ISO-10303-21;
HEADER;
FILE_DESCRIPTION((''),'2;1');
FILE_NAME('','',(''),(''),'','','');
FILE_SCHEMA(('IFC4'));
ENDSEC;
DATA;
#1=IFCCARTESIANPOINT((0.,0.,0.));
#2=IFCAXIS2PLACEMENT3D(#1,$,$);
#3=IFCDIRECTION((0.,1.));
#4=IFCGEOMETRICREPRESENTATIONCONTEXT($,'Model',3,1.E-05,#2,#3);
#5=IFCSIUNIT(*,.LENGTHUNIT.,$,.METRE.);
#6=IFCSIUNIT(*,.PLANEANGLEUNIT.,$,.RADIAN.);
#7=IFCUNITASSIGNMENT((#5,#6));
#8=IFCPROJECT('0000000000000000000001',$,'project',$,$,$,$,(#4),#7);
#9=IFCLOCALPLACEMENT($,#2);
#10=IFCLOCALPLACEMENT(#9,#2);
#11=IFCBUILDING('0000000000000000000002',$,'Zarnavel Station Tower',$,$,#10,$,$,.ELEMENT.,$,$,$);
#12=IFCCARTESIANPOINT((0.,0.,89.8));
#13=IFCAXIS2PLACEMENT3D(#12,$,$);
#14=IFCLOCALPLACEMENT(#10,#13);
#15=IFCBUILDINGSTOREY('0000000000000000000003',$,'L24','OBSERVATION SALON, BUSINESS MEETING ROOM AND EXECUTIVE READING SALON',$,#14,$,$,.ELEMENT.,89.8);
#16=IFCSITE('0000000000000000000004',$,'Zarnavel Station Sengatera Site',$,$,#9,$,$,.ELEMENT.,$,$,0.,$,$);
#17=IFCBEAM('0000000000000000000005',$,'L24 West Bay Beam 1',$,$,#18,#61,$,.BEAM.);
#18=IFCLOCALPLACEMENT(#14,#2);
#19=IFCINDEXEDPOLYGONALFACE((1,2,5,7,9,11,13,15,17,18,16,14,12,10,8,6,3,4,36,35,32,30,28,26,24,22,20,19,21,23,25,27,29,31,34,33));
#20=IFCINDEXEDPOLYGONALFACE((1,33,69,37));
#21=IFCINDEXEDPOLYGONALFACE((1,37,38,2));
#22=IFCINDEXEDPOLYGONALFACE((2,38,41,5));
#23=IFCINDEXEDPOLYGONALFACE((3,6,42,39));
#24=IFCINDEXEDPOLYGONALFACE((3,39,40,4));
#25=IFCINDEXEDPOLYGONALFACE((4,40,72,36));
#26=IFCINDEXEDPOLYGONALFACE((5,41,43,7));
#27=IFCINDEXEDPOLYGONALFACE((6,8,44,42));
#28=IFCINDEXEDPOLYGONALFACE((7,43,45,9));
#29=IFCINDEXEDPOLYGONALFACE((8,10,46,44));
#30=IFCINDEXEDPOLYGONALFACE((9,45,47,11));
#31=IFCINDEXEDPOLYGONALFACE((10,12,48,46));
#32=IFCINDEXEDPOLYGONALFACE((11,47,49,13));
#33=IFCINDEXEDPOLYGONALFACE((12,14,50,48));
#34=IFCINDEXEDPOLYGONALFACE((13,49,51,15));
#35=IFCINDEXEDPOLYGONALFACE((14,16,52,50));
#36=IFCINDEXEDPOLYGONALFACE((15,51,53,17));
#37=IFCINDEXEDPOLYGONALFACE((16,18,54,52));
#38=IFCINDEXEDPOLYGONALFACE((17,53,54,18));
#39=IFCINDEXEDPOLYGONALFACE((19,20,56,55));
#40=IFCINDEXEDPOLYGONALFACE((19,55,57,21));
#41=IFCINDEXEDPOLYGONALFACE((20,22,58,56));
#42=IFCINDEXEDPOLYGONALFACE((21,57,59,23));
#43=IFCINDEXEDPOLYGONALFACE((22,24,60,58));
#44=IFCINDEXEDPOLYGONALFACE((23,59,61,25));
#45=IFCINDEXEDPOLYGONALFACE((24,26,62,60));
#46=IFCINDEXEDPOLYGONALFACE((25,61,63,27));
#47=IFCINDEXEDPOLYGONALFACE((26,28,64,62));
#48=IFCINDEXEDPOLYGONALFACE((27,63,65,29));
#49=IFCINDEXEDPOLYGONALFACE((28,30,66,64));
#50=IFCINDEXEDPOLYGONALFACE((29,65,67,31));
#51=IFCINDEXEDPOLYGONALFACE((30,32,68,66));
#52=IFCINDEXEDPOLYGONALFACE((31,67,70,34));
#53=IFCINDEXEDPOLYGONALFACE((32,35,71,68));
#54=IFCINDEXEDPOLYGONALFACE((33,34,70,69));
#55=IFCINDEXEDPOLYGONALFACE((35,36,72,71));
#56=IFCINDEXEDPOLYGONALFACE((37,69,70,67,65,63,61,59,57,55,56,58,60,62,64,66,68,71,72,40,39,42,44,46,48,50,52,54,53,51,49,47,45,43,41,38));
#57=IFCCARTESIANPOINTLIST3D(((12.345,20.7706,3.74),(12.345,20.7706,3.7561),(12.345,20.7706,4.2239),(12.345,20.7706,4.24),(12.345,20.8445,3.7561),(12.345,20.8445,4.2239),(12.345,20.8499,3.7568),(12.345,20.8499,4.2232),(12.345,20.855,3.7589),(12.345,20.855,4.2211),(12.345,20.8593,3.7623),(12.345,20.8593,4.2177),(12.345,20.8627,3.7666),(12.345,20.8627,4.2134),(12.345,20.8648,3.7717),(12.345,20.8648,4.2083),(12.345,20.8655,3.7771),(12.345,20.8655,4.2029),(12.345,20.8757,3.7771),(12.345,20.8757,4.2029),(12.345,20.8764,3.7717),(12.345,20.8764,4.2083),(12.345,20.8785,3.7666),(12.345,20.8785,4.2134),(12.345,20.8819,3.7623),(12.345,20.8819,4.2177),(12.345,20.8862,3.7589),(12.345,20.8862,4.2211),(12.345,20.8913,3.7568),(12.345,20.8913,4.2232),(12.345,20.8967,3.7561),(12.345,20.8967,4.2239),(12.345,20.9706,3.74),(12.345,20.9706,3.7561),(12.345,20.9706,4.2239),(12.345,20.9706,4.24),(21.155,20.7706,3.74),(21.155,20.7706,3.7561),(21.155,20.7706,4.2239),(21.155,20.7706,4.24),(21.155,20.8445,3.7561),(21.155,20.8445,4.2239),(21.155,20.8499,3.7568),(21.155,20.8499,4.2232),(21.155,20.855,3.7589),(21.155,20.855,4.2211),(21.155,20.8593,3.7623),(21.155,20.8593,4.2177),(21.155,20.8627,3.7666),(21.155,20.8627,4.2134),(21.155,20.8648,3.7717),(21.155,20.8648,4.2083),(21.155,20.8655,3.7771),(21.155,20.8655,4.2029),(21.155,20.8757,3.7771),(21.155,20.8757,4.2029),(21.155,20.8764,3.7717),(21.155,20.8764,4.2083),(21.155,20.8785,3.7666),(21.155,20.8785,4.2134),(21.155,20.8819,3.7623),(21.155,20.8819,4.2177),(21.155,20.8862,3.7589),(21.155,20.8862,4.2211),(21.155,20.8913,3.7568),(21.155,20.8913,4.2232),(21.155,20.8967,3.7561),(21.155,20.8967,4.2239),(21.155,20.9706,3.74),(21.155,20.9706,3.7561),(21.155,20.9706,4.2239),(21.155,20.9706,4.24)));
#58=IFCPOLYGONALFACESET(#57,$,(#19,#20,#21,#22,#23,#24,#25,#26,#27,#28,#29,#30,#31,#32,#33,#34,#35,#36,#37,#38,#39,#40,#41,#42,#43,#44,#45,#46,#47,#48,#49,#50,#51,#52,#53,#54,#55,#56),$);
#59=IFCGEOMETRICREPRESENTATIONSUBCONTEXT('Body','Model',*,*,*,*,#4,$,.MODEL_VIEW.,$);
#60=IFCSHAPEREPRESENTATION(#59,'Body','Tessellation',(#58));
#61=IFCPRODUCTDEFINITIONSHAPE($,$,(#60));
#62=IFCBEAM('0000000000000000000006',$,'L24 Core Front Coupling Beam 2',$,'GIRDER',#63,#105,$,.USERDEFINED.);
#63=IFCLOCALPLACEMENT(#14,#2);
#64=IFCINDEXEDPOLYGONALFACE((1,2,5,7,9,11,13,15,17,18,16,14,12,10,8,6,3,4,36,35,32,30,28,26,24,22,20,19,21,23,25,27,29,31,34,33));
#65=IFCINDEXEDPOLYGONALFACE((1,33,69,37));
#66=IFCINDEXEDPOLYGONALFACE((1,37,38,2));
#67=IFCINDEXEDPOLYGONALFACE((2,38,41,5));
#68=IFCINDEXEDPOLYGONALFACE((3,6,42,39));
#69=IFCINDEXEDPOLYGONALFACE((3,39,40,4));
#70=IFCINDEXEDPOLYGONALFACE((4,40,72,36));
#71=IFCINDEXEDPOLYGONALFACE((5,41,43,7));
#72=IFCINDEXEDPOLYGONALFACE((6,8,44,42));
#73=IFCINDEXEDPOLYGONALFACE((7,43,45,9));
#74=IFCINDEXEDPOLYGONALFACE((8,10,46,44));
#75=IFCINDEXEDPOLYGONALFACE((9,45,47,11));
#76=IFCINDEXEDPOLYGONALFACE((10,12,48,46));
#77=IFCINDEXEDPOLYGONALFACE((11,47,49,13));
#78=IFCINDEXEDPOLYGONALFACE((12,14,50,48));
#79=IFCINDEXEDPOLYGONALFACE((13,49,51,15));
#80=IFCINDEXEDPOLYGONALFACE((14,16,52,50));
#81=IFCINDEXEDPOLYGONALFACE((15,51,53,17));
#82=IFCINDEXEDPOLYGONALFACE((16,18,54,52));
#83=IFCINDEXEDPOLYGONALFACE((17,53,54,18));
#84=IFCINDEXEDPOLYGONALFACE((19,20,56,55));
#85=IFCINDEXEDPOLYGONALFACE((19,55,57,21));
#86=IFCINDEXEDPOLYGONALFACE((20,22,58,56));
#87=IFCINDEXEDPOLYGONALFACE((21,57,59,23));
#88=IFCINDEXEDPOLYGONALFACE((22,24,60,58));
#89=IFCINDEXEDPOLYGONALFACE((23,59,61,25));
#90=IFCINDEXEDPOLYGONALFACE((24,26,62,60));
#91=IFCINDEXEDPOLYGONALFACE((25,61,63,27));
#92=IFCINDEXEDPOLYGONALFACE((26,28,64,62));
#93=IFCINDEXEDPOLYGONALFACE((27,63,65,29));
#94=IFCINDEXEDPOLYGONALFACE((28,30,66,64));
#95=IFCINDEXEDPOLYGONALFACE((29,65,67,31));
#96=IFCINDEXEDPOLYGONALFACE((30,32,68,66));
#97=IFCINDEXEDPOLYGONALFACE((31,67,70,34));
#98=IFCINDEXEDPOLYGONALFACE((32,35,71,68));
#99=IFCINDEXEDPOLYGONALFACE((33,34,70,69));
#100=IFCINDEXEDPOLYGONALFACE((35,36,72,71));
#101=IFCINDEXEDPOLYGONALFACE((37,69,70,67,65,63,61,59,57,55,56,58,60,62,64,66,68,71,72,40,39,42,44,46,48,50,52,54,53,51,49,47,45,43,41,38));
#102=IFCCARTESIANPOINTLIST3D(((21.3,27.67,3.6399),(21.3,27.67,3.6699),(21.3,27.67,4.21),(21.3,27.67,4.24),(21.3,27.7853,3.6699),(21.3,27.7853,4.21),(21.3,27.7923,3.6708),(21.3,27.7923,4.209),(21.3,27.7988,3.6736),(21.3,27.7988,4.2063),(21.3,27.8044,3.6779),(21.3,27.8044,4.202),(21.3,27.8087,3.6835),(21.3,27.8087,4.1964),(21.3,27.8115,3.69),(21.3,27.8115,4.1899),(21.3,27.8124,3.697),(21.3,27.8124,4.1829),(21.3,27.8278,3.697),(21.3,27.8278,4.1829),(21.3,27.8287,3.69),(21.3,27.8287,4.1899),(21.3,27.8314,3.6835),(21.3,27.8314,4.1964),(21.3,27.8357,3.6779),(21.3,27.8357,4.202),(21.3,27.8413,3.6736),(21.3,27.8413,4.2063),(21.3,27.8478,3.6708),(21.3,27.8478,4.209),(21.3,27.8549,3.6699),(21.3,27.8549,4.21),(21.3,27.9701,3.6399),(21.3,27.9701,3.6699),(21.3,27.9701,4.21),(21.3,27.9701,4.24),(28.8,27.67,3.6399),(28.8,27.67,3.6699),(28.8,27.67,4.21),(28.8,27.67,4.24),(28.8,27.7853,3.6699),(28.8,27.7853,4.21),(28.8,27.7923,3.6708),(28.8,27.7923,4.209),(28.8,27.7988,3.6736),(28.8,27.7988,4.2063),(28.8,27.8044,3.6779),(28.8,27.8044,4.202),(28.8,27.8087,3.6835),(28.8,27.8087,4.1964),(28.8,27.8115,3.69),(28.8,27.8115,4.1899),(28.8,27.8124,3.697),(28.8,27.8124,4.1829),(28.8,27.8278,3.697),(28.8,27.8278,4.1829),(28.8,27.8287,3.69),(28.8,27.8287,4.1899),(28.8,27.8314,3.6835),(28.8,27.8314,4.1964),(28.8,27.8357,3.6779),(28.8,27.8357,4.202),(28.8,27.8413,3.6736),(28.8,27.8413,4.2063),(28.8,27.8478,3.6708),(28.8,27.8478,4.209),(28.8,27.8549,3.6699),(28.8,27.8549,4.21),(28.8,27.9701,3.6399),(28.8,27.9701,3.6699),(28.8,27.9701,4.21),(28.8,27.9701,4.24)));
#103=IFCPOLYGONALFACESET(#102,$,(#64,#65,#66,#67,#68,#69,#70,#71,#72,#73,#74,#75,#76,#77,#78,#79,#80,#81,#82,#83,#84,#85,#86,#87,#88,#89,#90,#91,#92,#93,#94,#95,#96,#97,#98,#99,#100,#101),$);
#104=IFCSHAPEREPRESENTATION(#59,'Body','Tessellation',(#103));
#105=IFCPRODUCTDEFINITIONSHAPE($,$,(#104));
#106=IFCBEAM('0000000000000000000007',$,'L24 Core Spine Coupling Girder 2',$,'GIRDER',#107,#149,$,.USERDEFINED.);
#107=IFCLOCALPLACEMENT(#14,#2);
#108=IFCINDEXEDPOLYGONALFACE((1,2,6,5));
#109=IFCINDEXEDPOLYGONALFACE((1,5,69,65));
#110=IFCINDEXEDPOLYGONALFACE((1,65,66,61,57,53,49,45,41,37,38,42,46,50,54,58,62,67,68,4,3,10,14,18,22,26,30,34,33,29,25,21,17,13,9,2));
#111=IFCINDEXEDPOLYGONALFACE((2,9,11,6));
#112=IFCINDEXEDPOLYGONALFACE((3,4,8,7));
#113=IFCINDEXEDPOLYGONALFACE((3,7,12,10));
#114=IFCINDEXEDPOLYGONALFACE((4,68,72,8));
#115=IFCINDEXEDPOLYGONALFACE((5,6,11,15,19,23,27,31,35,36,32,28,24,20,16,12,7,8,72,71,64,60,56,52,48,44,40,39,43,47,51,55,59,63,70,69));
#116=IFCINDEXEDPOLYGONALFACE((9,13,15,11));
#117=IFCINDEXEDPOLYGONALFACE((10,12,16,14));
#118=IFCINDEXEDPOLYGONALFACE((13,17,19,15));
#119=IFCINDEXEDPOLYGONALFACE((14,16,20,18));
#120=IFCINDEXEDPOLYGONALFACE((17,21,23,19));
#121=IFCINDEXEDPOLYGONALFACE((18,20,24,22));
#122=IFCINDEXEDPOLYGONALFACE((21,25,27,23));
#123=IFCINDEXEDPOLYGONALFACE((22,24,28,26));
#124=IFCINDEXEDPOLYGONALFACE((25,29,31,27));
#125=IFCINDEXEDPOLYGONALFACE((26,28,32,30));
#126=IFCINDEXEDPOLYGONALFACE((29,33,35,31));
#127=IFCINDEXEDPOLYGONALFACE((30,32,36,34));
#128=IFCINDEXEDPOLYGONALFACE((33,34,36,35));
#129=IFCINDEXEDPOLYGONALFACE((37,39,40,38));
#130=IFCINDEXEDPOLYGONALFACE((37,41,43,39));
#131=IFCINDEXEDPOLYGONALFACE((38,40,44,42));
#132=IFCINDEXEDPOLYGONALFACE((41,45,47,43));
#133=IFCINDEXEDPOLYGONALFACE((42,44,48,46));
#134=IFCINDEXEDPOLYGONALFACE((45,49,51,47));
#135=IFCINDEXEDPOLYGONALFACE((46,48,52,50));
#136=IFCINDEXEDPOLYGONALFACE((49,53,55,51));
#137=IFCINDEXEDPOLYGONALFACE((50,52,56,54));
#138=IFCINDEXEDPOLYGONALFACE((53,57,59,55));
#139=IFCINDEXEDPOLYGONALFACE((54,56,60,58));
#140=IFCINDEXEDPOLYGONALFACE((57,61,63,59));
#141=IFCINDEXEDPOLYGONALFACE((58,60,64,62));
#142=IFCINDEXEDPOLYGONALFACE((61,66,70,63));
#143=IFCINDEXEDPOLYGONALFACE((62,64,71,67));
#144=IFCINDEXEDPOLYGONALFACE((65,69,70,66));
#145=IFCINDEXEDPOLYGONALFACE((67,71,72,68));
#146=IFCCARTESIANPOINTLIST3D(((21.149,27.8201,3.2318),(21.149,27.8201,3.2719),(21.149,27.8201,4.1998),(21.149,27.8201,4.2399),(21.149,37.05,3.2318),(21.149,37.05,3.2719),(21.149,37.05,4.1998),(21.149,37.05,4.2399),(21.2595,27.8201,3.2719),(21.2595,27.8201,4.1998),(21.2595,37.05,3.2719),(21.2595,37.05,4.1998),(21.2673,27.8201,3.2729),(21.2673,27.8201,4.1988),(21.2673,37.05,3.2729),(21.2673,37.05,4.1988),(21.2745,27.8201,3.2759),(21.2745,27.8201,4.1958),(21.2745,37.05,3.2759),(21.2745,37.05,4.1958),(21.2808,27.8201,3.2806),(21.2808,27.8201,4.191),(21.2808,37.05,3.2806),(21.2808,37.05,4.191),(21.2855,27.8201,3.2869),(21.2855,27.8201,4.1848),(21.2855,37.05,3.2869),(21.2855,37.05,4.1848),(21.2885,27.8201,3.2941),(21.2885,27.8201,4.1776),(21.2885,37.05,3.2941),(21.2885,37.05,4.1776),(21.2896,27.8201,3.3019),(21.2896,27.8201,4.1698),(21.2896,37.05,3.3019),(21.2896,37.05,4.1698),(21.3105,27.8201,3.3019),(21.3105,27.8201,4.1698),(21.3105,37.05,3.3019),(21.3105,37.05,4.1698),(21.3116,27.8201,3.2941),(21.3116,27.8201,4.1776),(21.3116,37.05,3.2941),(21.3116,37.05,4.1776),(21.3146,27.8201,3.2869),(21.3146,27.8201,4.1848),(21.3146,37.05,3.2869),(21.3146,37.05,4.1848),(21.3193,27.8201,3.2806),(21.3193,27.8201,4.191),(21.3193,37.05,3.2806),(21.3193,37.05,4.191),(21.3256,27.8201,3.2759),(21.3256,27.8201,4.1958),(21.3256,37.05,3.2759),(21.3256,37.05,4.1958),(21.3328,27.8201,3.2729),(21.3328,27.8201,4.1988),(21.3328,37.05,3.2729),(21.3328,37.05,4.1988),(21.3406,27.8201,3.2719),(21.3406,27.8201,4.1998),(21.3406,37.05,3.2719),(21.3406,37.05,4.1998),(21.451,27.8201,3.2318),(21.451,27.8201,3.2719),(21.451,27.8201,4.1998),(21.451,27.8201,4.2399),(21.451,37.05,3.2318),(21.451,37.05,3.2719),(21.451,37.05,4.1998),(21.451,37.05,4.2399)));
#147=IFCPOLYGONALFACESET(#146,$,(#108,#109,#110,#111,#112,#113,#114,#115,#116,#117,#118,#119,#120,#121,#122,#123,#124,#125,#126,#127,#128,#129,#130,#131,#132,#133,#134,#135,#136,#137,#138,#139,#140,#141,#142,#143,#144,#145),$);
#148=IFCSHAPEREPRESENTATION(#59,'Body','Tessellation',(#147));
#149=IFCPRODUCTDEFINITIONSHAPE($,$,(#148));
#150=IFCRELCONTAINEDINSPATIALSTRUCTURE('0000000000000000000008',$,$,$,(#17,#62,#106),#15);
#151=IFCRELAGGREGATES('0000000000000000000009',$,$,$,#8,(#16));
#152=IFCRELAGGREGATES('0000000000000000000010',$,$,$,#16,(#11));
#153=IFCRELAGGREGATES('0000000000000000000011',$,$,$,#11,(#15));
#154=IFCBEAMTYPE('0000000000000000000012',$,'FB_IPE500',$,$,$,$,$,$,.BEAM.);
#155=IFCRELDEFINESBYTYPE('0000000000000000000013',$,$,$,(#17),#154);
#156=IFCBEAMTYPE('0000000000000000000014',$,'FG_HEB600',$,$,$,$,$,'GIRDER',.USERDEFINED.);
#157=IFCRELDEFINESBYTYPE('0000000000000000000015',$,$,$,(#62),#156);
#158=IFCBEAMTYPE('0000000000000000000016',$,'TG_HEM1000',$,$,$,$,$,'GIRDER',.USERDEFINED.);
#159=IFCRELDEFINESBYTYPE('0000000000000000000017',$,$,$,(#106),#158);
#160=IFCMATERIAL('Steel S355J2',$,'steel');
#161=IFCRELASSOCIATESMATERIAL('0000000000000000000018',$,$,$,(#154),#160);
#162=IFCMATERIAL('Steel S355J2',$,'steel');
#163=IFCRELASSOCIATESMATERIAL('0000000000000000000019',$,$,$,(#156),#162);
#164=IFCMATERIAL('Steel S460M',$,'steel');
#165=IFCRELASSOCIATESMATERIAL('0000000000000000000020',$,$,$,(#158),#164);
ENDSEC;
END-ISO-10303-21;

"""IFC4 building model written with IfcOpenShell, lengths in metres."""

from ifc_helpers import new_model, si_unit, direction, frame, origin, origin_2d, place, context, subcontext, project, spatial, i_section, extrude, material, material_profile, profile_set, type_object, element, save


model = new_model("IFC4")

# Units and contexts
model_context = context("Model", 3, precision=1e-05, world=origin(), true_north=direction((0.0, 1.0)))
body_context = subcontext(model_context, "Body", "Model", "MODEL_VIEW")
ifc_project = project(units=[si_unit("LENGTHUNIT", "METRE"), si_unit("PLANEANGLEUNIT", "RADIAN")], contexts=[model_context])

# Site, building, storey
site_placement = place(None, origin())
site = spatial("IfcSite", under=ifc_project, at=site_placement, Name="Zarnavel Station Sengatera Site", CompositionType="ELEMENT", RefElevation=0.0)
building_placement = place(site_placement, origin())
building = spatial("IfcBuilding", under=site, at=building_placement, Name="Zarnavel Station Tower", CompositionType="ELEMENT")
storey_placement = place(building_placement, frame((0.0, 0.0, 89.8)))
storey = spatial("IfcBuildingStorey", under=building, at=storey_placement, Name="L24", Description="OBSERVATION SALON, BUSINESS MEETING ROOM AND EXECUTIVE READING SALON", CompositionType="ELEMENT", Elevation=89.8)

# Beams
ifc_material_1 = material(Name="Steel S355J2", Category="steel")
ifc_material_profile_1 = material_profile(ifc_material_1, i_section(OverallWidth=0.2, OverallDepth=0.5, WebThickness=0.0103, FlangeThickness=0.0161, FilletRadius=0.021, at=origin_2d()), Name="IPE500")
ifc_profile_set_1 = profile_set([ifc_material_profile_1], Name="Steel S355J2")
beam_type_1 = type_object("IfcBeamType", Name="FB_IPE500", PredefinedType="BEAM", material=ifc_profile_set_1)
beam_1_placement = place(storey_placement, frame((12.345, 20.8706, 3.99), z_axis=(1.0, 0.0, 0.0), x_axis=(0.0, 1.0, 0.0)))
element("IfcBeam", 1, at=beam_1_placement, inside=storey, type_object=beam_type_1, Name="L24 West Bay Beam 1", PredefinedType="BEAM", context=body_context, shape_type="SweptSolid", body=[
    extrude(i_section(OverallWidth=0.2, OverallDepth=0.5, WebThickness=0.0103, FlangeThickness=0.0161, FilletRadius=0.021, at=origin_2d()), origin(), (0.0, 0.0, 1.0), 8.8101),
])
ifc_material_2 = material(Name="Steel S355J2", Category="steel")
ifc_material_profile_2 = material_profile(ifc_material_2, i_section(OverallWidth=0.3, OverallDepth=0.6001, WebThickness=0.0154, FlangeThickness=0.03, FilletRadius=0.0271, at=origin_2d()), Name="HEB600")
ifc_profile_set_2 = profile_set([ifc_material_profile_2], Name="Steel S355J2")
beam_type_2 = type_object("IfcBeamType", Name="FG_HEB600", ElementType="GIRDER", PredefinedType="USERDEFINED", material=ifc_profile_set_2)
beam_2_placement = place(storey_placement, frame((21.3, 27.8201, 3.9399), z_axis=(1.0, 0.0, 0.0), x_axis=(0.0, 1.0, 0.0)))
element("IfcBeam", 2, at=beam_2_placement, inside=storey, type_object=beam_type_2, Name="L24 Core Front Coupling Beam 2", ObjectType="GIRDER", PredefinedType="USERDEFINED", context=body_context, shape_type="SweptSolid", body=[
    extrude(i_section(OverallWidth=0.3, OverallDepth=0.6001, WebThickness=0.0154, FlangeThickness=0.03, FilletRadius=0.0271, at=origin_2d()), origin(), (0.0, 0.0, 1.0), 7.5),
])
ifc_material_3 = material(Name="Steel S460M", Category="steel")
ifc_material_profile_3 = material_profile(ifc_material_3, i_section(OverallWidth=0.302, OverallDepth=1.0081, WebThickness=0.021, FlangeThickness=0.04, FilletRadius=0.03, at=origin_2d()), Name="HEM1000")
ifc_profile_set_3 = profile_set([ifc_material_profile_3], Name="Steel S460M")
beam_type_3 = type_object("IfcBeamType", Name="TG_HEM1000", ElementType="GIRDER", PredefinedType="USERDEFINED", material=ifc_profile_set_3)
beam_3_placement = place(storey_placement, frame((21.3, 27.8201, 3.7358), z_axis=(0.0, 1.0, 0.0), x_axis=(-1.0, 0.0, 0.0)))
element("IfcBeam", 3, at=beam_3_placement, inside=storey, type_object=beam_type_3, Name="L24 Core Spine Coupling Girder 2", ObjectType="GIRDER", PredefinedType="USERDEFINED", context=body_context, shape_type="SweptSolid", body=[
    extrude(i_section(OverallWidth=0.302, OverallDepth=1.0081, WebThickness=0.021, FlangeThickness=0.04, FilletRadius=0.03, at=origin_2d()), origin(), (0.0, 0.0, 1.0), 9.23),
])

save(model, "model.ifc")
